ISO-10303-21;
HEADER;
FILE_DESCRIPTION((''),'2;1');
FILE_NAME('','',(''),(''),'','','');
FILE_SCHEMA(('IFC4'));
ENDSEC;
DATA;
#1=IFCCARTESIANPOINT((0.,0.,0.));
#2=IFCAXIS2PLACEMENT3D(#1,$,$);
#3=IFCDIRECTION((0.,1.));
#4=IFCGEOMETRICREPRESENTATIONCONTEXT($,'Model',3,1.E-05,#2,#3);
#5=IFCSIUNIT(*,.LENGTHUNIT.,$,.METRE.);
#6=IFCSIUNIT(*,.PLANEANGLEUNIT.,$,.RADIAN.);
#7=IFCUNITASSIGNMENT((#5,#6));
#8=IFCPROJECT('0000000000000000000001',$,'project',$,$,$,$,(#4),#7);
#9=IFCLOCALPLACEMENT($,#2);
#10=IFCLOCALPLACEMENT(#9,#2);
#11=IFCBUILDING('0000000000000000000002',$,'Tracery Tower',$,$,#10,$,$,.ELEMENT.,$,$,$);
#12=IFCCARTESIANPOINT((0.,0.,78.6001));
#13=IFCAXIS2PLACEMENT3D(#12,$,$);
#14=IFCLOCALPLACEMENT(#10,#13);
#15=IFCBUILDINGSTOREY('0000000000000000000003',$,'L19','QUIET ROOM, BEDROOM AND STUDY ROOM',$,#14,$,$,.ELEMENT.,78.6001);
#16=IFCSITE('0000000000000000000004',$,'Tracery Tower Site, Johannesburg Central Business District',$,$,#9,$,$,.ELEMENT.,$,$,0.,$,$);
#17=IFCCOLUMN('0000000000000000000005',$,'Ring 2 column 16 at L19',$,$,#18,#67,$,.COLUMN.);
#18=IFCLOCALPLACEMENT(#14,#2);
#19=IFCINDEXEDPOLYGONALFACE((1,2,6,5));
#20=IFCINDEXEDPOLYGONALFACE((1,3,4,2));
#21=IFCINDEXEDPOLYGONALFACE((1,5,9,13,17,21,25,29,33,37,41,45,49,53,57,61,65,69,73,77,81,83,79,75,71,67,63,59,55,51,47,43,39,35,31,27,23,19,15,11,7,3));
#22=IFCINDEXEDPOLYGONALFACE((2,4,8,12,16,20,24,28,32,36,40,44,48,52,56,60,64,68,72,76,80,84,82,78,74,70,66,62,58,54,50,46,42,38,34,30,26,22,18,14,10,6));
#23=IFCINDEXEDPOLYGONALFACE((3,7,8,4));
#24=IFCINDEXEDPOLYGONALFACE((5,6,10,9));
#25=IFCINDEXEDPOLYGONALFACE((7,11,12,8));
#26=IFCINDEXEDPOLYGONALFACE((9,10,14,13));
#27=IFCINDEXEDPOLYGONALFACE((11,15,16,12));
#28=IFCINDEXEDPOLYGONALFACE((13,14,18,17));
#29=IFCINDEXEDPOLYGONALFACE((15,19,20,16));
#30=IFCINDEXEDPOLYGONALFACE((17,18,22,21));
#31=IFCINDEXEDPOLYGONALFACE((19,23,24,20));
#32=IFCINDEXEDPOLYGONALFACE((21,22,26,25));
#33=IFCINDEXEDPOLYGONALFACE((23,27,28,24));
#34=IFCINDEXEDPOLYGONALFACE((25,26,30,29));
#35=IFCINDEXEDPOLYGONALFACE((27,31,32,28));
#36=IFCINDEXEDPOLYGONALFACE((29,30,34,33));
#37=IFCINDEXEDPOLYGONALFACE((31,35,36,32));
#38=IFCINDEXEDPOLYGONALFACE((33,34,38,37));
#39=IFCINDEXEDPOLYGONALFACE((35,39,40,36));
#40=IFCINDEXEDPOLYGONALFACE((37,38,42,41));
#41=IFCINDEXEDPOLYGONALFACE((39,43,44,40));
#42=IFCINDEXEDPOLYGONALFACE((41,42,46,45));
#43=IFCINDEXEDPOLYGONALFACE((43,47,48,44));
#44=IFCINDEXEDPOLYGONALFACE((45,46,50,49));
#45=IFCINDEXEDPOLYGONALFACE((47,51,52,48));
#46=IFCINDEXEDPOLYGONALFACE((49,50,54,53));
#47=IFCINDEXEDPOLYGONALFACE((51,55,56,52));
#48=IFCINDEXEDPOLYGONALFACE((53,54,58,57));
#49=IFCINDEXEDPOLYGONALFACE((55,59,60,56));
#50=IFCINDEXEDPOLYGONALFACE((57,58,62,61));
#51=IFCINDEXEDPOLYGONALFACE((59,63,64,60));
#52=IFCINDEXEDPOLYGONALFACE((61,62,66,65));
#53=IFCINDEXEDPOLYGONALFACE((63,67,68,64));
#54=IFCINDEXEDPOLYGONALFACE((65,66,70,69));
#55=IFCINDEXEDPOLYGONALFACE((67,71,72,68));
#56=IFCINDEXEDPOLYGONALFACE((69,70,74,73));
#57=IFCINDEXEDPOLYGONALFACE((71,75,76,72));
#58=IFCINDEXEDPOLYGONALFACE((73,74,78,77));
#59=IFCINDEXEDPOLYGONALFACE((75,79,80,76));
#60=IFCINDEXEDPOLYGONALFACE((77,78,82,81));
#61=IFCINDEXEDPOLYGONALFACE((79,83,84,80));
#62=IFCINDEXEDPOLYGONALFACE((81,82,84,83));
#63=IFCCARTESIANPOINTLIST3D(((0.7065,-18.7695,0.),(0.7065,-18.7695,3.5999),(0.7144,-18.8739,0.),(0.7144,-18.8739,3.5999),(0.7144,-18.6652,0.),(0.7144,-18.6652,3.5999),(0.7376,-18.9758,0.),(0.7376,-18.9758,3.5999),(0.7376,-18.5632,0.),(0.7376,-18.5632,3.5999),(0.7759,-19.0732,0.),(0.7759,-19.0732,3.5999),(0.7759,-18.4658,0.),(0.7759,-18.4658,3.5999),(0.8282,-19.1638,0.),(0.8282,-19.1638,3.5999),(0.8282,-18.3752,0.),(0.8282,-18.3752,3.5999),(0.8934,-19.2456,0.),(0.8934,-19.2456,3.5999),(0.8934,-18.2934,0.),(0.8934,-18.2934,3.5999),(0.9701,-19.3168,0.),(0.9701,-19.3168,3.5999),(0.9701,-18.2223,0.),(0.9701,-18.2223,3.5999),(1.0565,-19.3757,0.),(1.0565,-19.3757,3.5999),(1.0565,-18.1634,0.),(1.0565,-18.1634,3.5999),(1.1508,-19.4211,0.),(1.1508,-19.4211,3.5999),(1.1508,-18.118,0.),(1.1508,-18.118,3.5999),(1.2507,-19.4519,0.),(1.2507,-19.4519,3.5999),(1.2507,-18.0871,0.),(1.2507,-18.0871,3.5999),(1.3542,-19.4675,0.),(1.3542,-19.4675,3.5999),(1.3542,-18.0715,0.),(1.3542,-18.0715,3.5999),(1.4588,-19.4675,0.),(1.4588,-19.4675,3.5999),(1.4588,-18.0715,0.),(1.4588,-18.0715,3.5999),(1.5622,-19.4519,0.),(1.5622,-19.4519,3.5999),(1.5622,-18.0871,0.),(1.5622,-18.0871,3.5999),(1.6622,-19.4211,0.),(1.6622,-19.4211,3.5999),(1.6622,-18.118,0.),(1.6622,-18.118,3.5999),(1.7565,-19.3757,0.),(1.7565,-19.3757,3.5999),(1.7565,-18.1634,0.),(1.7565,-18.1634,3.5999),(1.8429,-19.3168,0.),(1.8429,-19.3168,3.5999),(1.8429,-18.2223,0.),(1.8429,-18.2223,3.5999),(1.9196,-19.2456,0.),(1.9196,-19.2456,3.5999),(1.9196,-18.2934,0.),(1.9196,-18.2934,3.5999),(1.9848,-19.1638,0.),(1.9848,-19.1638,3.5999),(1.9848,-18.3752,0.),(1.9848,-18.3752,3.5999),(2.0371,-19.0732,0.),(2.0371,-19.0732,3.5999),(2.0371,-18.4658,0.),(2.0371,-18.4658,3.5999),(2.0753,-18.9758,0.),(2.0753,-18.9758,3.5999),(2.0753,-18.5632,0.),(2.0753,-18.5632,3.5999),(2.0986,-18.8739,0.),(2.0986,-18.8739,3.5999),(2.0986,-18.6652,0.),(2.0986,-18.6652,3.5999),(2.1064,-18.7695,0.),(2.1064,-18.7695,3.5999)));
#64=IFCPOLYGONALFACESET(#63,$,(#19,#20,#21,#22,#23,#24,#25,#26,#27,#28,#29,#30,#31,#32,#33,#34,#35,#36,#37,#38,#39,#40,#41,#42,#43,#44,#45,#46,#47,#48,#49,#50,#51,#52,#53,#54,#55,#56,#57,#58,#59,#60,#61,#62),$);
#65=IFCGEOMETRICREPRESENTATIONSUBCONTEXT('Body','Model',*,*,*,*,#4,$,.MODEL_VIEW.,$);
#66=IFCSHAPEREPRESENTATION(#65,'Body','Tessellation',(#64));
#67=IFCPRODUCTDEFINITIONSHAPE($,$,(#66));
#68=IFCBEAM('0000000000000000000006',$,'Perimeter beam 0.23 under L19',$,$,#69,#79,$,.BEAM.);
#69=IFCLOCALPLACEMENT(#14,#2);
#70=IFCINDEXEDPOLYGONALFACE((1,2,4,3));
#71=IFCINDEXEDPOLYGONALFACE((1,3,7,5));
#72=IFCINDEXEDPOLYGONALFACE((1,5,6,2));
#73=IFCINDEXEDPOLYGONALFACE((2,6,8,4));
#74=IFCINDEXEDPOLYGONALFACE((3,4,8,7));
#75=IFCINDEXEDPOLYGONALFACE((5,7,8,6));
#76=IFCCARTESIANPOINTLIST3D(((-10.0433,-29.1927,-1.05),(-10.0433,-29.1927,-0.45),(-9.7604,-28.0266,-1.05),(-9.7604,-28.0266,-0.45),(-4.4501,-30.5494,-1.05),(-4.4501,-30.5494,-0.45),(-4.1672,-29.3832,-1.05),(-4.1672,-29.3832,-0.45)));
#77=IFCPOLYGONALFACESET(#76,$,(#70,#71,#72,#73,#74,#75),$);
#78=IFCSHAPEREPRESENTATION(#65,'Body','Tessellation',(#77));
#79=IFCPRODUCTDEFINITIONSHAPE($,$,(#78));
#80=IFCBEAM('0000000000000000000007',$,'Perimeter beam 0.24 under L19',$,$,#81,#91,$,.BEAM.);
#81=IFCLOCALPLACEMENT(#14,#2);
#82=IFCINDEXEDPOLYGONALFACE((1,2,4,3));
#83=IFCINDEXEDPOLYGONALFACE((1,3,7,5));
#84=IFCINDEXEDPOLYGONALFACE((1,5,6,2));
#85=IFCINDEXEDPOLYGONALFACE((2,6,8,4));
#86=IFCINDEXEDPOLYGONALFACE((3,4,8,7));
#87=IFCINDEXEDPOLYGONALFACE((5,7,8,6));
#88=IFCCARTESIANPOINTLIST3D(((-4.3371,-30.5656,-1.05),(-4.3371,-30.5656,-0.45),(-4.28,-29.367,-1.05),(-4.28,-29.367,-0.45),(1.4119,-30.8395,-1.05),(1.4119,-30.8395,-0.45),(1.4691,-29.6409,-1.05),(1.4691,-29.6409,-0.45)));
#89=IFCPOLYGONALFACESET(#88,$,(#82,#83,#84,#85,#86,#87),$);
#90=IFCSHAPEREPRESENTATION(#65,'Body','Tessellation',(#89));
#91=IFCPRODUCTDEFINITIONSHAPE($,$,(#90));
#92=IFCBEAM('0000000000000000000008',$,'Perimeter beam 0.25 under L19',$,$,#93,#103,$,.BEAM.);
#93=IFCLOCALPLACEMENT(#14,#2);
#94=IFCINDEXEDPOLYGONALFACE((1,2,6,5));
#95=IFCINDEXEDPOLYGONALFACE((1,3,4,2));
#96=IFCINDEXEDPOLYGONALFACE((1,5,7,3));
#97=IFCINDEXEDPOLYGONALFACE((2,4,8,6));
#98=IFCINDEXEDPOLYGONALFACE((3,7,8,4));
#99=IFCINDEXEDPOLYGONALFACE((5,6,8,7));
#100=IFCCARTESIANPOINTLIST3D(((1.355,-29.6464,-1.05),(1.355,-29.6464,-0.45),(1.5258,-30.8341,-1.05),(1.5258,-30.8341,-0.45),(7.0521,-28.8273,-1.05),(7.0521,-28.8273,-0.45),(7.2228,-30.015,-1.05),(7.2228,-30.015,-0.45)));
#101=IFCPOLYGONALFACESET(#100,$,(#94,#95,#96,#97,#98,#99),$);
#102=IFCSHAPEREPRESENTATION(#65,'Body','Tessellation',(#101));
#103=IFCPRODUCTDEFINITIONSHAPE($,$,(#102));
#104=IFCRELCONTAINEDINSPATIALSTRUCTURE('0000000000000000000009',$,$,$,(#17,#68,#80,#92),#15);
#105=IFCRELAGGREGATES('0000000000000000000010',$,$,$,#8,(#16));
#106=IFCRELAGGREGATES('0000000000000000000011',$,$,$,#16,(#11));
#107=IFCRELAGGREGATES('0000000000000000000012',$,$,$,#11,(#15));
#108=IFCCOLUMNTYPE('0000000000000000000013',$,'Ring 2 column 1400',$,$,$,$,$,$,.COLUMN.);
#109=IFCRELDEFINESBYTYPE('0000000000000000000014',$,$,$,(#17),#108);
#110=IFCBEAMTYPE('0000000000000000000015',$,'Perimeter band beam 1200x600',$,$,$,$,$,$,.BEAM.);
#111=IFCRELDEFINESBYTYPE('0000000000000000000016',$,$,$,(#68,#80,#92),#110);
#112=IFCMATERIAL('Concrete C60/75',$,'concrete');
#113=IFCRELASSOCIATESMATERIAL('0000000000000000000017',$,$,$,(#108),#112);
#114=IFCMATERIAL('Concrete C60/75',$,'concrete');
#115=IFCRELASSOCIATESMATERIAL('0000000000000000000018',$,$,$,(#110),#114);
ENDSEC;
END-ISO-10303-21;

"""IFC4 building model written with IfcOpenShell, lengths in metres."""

from ifc_helpers import new_model, si_unit, direction, frame, origin, origin_2d, place, context, subcontext, project, spatial, rectangle, circle, extrude, material, material_profile, profile_set, type_object, element, save


model = new_model("IFC4")

# Units and contexts
model_context = context("Model", 3, precision=1e-05, world=origin(), true_north=direction((0.0, 1.0)))
body_context = subcontext(model_context, "Body", "Model", "MODEL_VIEW")
ifc_project = project(units=[si_unit("LENGTHUNIT", "METRE"), si_unit("PLANEANGLEUNIT", "RADIAN")], contexts=[model_context])

# Site, building, storey
site_placement = place(None, origin())
site = spatial("IfcSite", under=ifc_project, at=site_placement, Name="Tracery Tower Site, Johannesburg Central Business District", CompositionType="ELEMENT", RefElevation=0.0)
building_placement = place(site_placement, origin())
building = spatial("IfcBuilding", under=site, at=building_placement, Name="Tracery Tower", CompositionType="ELEMENT")
storey_placement = place(building_placement, frame((0.0, 0.0, 78.6001)))
storey = spatial("IfcBuildingStorey", under=building, at=storey_placement, Name="L19", Description="QUIET ROOM, BEDROOM AND STUDY ROOM", CompositionType="ELEMENT", Elevation=78.6001)

# Column
ifc_material_1 = material(Name="Concrete C60/75", Category="concrete")
ifc_material_profile_1 = material_profile(ifc_material_1, circle(Radius=0.7, at=origin_2d()), Name="RC D1400")
ifc_profile_set_1 = profile_set([ifc_material_profile_1], Name="Concrete C60/75")
column_type_1 = type_object("IfcColumnType", Name="Ring 2 column 1400", PredefinedType="COLUMN", material=ifc_profile_set_1)
for number, where, z_axis, x_axis, name in (
    (1, (1.4065, -18.7695, 0.0), (0.0, 0.0, 1.0), (1.0, 0.0, 0.0), "Ring 2 column 16 at L19"),
):
    element("IfcColumn", number, at=place(storey_placement, frame(where, z_axis=z_axis, x_axis=x_axis)), inside=storey, type_object=column_type_1, Name=name, PredefinedType="COLUMN", context=body_context, shape_type="SweptSolid", body=[
        extrude(circle(Radius=0.7, at=origin_2d()), origin(), (0.0, 0.0, 1.0), 3.5999),
    ])

# Beams
ifc_material_2 = material(Name="Concrete C60/75", Category="concrete")
ifc_material_profile_2 = material_profile(ifc_material_2, rectangle(XDim=1.2, YDim=0.6001, at=origin_2d()), Name="RC 1200x600")
ifc_profile_set_2 = profile_set([ifc_material_profile_2], Name="Concrete C60/75")
beam_type = type_object("IfcBeamType", Name="Perimeter band beam 1200x600", PredefinedType="BEAM", material=ifc_profile_set_2)
beam_placement = place(storey_placement, frame((-9.9019, -28.6096, -0.75), z_axis=(0.97182, -0.235723, 0.0), x_axis=(0.235723, 0.97182, 0.0)))
element("IfcBeam", 2, at=beam_placement, inside=storey, type_object=beam_type, Name="Perimeter beam 0.23 under L19", PredefinedType="BEAM", context=body_context, shape_type="SweptSolid", body=[
    extrude(rectangle(XDim=1.2, YDim=0.6001, at=origin_2d()), origin(), (0.0, 0.0, 1.0), 5.7554),
])
for number, where, z_axis, x_axis, name in (
    (3, (-4.3086, -29.9663, -0.75), (0.998867, -0.047593, 0.0), (0.047593, 0.998867, 0.0), "Perimeter beam 0.24 under L19"),
    (4, (1.4404, -30.2402, -0.75), (0.989822, 0.142312, 0.0), (-0.142312, 0.989822, 0.0), "Perimeter beam 0.25 under L19"),
):
    element("IfcBeam", number, at=place(storey_placement, frame(where, z_axis=z_axis, x_axis=x_axis)), inside=storey, type_object=beam_type, Name=name, PredefinedType="BEAM", context=body_context, shape_type="SweptSolid", body=[
        extrude(rectangle(XDim=1.2, YDim=0.6001, at=origin_2d()), origin(), (0.0, 0.0, 1.0), 5.7556),
    ])

save(model, "model.ifc")
